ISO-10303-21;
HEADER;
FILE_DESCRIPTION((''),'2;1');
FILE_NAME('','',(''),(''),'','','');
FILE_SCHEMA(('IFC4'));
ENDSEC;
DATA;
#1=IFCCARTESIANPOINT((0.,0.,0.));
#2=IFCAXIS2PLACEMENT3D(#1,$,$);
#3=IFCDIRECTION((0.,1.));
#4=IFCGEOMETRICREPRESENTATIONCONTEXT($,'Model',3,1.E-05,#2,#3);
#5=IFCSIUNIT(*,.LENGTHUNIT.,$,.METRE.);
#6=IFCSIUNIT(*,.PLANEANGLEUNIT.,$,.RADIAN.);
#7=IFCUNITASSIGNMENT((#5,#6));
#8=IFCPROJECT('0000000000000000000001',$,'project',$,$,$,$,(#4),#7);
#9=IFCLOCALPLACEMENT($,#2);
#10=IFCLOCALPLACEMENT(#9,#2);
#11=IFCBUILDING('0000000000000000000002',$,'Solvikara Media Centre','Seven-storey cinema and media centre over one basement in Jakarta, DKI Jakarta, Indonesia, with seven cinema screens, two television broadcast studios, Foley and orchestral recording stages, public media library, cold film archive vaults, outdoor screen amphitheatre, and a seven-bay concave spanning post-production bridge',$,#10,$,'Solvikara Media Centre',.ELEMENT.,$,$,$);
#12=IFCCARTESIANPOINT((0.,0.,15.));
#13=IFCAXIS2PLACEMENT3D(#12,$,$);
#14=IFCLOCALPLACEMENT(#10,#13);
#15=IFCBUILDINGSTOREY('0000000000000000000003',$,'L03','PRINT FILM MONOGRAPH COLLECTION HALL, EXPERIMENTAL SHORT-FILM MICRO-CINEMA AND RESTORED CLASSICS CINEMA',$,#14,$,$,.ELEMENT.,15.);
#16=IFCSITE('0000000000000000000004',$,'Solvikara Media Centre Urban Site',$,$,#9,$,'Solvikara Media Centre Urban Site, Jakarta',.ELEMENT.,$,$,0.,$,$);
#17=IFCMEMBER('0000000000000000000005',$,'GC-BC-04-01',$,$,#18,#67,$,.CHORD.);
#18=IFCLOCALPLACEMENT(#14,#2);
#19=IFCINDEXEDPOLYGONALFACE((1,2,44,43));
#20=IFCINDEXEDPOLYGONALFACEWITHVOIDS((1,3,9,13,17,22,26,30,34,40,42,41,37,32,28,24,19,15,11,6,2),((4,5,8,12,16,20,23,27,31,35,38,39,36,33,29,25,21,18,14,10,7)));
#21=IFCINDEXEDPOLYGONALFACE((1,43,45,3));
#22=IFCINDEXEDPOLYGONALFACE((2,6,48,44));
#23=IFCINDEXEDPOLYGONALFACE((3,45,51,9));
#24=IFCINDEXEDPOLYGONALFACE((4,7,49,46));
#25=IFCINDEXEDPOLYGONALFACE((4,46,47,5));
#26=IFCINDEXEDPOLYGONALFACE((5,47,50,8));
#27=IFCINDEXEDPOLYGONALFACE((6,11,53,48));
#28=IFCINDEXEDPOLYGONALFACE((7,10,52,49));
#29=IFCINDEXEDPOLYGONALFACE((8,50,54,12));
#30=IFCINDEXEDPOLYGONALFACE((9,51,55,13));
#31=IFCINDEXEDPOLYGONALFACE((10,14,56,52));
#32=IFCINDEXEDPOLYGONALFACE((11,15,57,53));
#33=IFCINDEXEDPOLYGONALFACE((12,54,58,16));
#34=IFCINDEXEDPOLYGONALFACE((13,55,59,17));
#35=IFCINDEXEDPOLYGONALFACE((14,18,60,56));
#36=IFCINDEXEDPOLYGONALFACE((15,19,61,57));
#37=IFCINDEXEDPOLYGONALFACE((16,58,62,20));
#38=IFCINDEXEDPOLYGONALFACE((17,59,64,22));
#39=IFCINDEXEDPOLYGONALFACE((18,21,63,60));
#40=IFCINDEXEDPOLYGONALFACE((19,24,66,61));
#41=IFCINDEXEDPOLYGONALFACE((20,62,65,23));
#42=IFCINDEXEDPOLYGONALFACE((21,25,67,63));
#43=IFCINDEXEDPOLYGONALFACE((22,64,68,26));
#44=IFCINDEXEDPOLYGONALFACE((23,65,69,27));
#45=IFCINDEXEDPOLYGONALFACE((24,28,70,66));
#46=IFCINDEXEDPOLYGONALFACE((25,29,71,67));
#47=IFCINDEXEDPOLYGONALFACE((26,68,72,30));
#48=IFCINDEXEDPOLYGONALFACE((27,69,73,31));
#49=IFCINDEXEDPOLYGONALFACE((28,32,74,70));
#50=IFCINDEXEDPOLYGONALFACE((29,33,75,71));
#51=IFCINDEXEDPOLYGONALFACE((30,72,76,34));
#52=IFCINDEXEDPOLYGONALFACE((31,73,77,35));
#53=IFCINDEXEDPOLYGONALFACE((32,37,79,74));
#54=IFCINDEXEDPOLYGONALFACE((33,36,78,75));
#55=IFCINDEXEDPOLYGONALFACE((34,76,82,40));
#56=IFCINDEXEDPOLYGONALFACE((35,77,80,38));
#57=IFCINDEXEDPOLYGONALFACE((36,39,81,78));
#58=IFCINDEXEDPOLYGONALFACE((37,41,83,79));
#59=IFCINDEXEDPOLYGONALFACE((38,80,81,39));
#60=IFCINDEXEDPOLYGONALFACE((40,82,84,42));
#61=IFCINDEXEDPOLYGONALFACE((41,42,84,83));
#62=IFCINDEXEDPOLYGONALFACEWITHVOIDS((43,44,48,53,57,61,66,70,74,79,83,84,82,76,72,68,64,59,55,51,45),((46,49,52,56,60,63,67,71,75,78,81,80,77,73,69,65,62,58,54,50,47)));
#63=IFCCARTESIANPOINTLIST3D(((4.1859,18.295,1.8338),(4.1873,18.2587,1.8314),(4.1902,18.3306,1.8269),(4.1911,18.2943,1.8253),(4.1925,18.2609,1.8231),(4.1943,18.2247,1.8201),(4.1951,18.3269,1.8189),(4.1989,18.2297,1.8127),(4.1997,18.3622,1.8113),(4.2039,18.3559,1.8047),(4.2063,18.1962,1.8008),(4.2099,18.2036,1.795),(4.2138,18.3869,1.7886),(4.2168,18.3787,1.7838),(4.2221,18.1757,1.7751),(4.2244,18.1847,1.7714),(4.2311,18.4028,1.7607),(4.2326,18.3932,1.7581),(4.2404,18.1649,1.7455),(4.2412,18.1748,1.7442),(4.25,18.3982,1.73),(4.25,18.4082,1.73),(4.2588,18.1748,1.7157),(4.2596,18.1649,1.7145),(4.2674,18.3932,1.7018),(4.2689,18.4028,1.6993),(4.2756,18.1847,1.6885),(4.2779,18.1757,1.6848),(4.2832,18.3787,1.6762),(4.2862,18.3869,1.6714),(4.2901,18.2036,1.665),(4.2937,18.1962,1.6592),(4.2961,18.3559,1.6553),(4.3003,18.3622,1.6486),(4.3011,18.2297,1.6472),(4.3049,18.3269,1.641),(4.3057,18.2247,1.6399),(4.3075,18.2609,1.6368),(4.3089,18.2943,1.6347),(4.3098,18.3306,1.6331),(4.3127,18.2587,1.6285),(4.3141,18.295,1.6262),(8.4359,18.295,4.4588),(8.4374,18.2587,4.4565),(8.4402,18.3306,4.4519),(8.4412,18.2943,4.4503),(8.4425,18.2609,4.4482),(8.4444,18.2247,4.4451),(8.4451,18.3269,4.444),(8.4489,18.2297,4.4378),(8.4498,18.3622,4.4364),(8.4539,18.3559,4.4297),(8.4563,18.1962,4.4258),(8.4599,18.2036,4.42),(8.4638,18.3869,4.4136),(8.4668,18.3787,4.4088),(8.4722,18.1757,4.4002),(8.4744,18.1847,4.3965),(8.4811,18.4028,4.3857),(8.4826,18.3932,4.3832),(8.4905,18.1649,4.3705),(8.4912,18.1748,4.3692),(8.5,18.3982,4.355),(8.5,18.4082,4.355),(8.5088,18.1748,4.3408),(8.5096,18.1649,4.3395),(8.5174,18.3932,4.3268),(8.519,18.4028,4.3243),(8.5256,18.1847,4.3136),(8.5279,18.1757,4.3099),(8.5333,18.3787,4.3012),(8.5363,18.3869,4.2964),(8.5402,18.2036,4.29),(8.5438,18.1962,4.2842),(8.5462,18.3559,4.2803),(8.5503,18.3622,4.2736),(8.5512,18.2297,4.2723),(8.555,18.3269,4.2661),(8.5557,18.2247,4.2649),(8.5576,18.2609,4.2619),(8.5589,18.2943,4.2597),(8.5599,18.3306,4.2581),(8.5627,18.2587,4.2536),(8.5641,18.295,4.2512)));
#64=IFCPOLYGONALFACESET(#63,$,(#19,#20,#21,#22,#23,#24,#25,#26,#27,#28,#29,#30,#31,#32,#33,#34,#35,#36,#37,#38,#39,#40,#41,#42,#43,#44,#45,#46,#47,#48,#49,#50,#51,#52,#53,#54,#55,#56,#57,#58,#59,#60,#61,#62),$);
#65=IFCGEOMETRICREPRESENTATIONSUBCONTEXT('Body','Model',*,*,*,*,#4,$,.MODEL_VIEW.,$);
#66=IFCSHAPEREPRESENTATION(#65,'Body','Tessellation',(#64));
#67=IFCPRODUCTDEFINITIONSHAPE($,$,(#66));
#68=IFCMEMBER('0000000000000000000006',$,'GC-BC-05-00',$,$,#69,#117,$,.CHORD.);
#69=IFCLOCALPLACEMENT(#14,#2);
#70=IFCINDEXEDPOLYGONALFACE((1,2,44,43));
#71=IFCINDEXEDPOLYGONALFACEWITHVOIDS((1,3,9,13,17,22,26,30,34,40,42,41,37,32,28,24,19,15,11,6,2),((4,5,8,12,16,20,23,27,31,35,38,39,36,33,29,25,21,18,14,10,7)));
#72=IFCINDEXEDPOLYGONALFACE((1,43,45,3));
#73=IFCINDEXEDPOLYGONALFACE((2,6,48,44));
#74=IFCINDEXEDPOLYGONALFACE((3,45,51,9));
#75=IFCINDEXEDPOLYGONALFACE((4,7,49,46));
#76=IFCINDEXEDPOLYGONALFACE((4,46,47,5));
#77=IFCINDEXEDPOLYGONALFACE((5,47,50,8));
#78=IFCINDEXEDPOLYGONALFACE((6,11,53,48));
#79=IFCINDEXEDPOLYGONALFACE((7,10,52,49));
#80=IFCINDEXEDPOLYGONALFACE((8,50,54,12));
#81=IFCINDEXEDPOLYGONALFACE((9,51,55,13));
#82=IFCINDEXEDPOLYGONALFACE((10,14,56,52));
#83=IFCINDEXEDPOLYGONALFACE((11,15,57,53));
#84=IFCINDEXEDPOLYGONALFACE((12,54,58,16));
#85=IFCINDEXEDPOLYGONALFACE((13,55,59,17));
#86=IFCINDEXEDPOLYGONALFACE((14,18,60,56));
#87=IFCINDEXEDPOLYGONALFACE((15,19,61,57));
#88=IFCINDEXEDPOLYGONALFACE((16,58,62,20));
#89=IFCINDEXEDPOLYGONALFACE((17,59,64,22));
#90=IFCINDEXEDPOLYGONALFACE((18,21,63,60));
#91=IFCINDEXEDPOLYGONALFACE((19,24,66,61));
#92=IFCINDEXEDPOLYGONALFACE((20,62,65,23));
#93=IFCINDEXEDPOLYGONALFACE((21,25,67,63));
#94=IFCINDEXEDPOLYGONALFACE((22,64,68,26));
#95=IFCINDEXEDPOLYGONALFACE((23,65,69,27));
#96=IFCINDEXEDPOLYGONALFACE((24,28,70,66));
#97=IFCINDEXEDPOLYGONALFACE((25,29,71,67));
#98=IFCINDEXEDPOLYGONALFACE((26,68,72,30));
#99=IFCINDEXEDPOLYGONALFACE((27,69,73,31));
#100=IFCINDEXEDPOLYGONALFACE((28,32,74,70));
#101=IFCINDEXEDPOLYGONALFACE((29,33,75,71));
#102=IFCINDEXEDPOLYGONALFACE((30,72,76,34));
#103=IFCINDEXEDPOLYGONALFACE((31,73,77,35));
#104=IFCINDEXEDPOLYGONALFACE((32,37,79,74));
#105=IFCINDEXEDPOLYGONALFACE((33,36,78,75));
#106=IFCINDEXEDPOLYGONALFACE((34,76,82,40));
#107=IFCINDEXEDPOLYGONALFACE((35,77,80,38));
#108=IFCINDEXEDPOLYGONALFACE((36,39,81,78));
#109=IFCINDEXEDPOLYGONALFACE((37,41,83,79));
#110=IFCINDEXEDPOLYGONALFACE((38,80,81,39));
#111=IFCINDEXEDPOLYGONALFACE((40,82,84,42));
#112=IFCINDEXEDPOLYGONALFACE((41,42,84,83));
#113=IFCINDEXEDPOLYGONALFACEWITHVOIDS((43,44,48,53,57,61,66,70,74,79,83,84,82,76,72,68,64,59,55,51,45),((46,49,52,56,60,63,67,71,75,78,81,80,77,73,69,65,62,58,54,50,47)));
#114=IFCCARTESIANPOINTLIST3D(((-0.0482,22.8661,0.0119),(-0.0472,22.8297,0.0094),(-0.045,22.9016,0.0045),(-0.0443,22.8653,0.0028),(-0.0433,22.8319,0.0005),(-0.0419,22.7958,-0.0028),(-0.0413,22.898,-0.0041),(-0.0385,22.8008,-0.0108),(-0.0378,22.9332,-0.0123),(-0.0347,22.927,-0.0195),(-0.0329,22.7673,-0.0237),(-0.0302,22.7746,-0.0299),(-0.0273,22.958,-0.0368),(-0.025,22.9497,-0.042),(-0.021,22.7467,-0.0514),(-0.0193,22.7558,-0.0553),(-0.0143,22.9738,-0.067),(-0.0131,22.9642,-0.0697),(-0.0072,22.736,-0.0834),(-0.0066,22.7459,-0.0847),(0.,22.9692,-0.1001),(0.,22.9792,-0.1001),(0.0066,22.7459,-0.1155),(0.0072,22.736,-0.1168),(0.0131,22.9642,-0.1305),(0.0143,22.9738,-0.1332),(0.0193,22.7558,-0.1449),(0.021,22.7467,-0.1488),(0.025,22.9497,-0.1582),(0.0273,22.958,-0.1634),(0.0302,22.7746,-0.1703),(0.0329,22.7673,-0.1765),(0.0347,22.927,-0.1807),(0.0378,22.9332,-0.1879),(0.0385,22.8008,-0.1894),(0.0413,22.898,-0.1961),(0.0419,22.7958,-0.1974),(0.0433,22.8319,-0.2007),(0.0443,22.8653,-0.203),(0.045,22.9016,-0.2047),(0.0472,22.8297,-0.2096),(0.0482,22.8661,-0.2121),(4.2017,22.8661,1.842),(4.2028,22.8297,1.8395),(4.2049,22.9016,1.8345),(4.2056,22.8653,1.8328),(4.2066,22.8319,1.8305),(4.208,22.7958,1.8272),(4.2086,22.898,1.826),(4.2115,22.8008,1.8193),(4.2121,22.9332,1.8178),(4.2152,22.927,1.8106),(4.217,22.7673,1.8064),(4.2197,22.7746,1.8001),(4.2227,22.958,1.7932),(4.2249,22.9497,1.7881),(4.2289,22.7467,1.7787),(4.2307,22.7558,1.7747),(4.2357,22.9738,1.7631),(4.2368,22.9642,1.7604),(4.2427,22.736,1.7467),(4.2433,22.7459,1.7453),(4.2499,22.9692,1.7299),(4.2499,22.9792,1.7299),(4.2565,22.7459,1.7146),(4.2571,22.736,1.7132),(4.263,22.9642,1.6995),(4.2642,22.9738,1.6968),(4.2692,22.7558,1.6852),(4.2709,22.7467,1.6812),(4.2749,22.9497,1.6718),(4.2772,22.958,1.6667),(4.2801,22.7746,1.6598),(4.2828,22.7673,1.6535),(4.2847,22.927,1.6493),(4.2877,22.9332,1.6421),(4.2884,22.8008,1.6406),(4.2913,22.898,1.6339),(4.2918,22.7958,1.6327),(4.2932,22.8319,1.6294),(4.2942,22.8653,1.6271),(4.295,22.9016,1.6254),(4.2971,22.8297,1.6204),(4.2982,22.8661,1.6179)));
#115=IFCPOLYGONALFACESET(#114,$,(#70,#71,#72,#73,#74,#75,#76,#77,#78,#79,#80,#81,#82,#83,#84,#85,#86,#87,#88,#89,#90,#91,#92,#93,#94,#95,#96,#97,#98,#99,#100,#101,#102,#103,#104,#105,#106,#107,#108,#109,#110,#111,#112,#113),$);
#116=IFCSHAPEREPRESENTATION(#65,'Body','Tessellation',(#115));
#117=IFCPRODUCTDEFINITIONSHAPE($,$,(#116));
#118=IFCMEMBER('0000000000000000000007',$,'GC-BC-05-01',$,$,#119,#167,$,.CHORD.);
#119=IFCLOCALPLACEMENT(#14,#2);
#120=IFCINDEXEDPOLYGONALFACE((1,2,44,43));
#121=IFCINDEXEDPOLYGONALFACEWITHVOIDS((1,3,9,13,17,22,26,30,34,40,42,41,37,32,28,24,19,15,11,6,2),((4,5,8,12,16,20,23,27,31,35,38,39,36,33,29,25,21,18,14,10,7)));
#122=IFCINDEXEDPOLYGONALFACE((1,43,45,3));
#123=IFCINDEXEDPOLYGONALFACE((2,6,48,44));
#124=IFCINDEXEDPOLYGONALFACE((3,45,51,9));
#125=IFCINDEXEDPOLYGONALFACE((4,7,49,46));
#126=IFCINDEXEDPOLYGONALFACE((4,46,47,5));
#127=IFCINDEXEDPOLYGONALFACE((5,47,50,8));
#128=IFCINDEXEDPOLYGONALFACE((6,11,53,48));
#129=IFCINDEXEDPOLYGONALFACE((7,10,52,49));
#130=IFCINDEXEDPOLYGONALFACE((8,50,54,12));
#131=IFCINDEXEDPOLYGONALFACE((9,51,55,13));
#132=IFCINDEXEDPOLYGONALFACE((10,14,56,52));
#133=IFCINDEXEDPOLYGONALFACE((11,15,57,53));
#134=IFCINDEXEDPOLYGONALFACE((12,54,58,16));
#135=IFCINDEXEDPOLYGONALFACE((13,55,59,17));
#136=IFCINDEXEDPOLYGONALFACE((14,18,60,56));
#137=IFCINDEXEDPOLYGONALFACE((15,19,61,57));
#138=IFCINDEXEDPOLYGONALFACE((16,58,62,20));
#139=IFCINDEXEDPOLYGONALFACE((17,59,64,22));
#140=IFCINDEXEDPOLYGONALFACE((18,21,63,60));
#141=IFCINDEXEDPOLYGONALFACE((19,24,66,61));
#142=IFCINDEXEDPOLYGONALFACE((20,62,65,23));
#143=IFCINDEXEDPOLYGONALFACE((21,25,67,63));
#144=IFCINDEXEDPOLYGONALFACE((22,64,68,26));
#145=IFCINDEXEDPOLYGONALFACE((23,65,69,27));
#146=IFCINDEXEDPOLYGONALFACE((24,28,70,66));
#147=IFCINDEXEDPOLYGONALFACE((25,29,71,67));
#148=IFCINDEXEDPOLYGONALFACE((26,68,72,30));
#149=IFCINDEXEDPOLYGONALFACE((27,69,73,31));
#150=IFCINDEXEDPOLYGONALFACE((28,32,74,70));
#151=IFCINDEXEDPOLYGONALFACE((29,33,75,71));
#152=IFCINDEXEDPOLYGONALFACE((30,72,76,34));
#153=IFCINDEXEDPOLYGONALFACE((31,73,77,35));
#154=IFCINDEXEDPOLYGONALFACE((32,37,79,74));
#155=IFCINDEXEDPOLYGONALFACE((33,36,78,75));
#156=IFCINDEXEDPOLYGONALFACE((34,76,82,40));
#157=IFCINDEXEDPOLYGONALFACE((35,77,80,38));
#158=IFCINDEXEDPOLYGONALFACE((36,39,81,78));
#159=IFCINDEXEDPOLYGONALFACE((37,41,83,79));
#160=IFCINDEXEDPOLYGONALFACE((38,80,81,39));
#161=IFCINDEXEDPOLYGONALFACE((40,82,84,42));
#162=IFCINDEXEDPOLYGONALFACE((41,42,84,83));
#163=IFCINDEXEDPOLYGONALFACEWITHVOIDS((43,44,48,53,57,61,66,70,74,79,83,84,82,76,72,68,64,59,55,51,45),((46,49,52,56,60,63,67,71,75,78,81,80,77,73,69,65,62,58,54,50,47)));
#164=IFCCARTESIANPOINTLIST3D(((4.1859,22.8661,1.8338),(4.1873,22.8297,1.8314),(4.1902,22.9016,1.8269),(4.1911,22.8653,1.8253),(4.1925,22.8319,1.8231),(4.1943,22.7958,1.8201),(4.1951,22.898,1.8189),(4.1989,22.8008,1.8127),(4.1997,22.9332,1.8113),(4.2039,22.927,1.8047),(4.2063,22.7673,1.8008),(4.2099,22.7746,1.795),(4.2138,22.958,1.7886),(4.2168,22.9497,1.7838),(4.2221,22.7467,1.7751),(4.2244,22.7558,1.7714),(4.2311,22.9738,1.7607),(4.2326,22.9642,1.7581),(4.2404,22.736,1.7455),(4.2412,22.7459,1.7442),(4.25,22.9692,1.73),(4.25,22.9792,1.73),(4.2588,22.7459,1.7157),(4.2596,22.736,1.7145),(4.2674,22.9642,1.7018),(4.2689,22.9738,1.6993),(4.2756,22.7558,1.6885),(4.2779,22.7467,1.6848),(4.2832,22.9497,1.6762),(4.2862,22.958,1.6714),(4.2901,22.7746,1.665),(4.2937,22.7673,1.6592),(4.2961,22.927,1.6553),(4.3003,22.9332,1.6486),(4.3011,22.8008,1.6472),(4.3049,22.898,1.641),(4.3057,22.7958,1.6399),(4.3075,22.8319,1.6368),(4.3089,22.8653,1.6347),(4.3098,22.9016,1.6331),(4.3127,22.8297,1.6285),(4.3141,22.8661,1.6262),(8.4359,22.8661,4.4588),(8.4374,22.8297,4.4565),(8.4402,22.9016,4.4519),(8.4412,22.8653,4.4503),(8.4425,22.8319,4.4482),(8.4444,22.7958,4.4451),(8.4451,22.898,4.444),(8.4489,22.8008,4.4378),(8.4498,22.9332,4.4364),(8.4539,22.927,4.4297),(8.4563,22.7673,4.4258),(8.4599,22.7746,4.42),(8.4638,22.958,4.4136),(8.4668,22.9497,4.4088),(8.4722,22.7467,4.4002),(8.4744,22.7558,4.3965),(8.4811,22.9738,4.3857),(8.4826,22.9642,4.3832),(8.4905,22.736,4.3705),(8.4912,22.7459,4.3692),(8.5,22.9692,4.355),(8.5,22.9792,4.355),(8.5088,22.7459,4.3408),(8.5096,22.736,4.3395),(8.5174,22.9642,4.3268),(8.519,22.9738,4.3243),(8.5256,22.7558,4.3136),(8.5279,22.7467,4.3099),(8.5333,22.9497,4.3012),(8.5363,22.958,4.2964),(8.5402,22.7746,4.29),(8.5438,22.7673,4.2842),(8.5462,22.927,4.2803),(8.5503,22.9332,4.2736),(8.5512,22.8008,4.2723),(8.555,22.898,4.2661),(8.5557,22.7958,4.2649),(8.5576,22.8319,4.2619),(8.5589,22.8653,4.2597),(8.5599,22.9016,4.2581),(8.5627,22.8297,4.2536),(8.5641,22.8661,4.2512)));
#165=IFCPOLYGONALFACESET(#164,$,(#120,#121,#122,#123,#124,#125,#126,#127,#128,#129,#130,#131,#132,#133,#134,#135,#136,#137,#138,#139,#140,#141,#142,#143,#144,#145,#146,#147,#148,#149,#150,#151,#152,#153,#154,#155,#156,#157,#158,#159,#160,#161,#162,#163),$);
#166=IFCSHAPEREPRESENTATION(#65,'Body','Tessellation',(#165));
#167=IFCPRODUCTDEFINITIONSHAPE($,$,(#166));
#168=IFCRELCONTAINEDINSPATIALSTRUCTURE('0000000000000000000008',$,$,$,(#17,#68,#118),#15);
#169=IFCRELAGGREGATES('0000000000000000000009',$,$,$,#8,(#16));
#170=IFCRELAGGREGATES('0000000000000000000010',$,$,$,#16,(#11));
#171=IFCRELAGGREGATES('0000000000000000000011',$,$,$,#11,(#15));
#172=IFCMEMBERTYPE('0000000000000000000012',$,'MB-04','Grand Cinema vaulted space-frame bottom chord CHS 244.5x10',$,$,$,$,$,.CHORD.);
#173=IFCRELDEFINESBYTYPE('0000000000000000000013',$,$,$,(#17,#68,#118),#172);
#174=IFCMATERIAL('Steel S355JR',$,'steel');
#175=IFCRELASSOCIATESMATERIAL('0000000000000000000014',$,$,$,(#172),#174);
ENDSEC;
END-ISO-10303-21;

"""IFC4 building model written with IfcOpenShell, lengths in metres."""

from ifc_helpers import new_model, si_unit, direction, frame, origin, origin_2d, place, context, subcontext, project, spatial, hollow_circle, extrude, material, material_profile, profile_set, type_object, element, save


model = new_model("IFC4")

# Units and contexts
model_context = context("Model", 3, precision=1e-05, world=origin(), true_north=direction((0.0, 1.0)))
body_context = subcontext(model_context, "Body", "Model", "MODEL_VIEW")
ifc_project = project(units=[si_unit("LENGTHUNIT", "METRE"), si_unit("PLANEANGLEUNIT", "RADIAN")], contexts=[model_context])

# Site, building, storey
site_placement = place(None, origin())
site = spatial("IfcSite", under=ifc_project, at=site_placement, Name="Solvikara Media Centre Urban Site", LongName="Solvikara Media Centre Urban Site, Jakarta", CompositionType="ELEMENT", RefElevation=0.0)
building_placement = place(site_placement, origin())
building = spatial("IfcBuilding", under=site, at=building_placement, Name="Solvikara Media Centre", Description="Seven-storey cinema and media centre over one basement in Jakarta, DKI Jakarta, Indonesia, with seven cinema screens, two television broadcast studios, Foley and orchestral recording stages, public media library, cold film archive vaults, outdoor screen amphitheatre, and a seven-bay concave spanning post-production bridge", LongName="Solvikara Media Centre", CompositionType="ELEMENT")
storey_placement = place(building_placement, frame((0.0, 0.0, 15.0)))
storey = spatial("IfcBuildingStorey", under=building, at=storey_placement, Name="L03", Description="PRINT FILM MONOGRAPH COLLECTION HALL, EXPERIMENTAL SHORT-FILM MICRO-CINEMA AND RESTORED CLASSICS CINEMA", CompositionType="ELEMENT", Elevation=15.0)

# Shared definitions
ifc_material_1 = material(Name="Steel S355JR", Category="steel")

# Members
ifc_material_profile_1 = material_profile(ifc_material_1, hollow_circle(Radius=0.1223, WallThickness=0.01, at=origin_2d()), Name="CHS 244.5x10")
ifc_profile_set_1 = profile_set([ifc_material_profile_1], Name="Steel S355JR")
member_type_1 = type_object("IfcMemberType", Name="MB-04", Description="Grand Cinema vaulted space-frame bottom chord CHS 244.5x10", PredefinedType="CHORD", material=ifc_profile_set_1)
member_1_placement = place(storey_placement, frame((4.25, 18.2859, 1.73), z_axis=(0.850798, 0.0, 0.525493), x_axis=(0.0, 1.0, 0.0)))
element("IfcMember", 1, at=member_1_placement, inside=storey, type_object=member_type_1, Name="GC-BC-04-01", PredefinedType="CHORD", context=body_context, shape_type="SweptSolid", body=[
    extrude(hollow_circle(Radius=0.1223, WallThickness=0.01, at=origin_2d()), origin(), (0.0, 0.0, 1.0), 4.9954),
])
member_2_placement = place(storey_placement, frame((0.0, 22.8569, -0.1001), z_axis=(0.918467, 0.0, 0.395498), x_axis=(0.0, 1.0, 0.0)))
element("IfcMember", 2, at=member_2_placement, inside=storey, type_object=member_type_1, Name="GC-BC-05-00", PredefinedType="CHORD", context=body_context, shape_type="SweptSolid", body=[
    extrude(hollow_circle(Radius=0.1223, WallThickness=0.01, at=origin_2d()), origin(), (0.0, 0.0, 1.0), 4.6272),
])
member_3_placement = place(storey_placement, frame((4.25, 22.8569, 1.73), z_axis=(0.850798, 0.0, 0.525493), x_axis=(0.0, 1.0, 0.0)))
element("IfcMember", 3, at=member_3_placement, inside=storey, type_object=member_type_1, Name="GC-BC-05-01", PredefinedType="CHORD", context=body_context, shape_type="SweptSolid", body=[
    extrude(hollow_circle(Radius=0.1223, WallThickness=0.01, at=origin_2d()), origin(), (0.0, 0.0, 1.0), 4.9954),
])

save(model, "model.ifc")
